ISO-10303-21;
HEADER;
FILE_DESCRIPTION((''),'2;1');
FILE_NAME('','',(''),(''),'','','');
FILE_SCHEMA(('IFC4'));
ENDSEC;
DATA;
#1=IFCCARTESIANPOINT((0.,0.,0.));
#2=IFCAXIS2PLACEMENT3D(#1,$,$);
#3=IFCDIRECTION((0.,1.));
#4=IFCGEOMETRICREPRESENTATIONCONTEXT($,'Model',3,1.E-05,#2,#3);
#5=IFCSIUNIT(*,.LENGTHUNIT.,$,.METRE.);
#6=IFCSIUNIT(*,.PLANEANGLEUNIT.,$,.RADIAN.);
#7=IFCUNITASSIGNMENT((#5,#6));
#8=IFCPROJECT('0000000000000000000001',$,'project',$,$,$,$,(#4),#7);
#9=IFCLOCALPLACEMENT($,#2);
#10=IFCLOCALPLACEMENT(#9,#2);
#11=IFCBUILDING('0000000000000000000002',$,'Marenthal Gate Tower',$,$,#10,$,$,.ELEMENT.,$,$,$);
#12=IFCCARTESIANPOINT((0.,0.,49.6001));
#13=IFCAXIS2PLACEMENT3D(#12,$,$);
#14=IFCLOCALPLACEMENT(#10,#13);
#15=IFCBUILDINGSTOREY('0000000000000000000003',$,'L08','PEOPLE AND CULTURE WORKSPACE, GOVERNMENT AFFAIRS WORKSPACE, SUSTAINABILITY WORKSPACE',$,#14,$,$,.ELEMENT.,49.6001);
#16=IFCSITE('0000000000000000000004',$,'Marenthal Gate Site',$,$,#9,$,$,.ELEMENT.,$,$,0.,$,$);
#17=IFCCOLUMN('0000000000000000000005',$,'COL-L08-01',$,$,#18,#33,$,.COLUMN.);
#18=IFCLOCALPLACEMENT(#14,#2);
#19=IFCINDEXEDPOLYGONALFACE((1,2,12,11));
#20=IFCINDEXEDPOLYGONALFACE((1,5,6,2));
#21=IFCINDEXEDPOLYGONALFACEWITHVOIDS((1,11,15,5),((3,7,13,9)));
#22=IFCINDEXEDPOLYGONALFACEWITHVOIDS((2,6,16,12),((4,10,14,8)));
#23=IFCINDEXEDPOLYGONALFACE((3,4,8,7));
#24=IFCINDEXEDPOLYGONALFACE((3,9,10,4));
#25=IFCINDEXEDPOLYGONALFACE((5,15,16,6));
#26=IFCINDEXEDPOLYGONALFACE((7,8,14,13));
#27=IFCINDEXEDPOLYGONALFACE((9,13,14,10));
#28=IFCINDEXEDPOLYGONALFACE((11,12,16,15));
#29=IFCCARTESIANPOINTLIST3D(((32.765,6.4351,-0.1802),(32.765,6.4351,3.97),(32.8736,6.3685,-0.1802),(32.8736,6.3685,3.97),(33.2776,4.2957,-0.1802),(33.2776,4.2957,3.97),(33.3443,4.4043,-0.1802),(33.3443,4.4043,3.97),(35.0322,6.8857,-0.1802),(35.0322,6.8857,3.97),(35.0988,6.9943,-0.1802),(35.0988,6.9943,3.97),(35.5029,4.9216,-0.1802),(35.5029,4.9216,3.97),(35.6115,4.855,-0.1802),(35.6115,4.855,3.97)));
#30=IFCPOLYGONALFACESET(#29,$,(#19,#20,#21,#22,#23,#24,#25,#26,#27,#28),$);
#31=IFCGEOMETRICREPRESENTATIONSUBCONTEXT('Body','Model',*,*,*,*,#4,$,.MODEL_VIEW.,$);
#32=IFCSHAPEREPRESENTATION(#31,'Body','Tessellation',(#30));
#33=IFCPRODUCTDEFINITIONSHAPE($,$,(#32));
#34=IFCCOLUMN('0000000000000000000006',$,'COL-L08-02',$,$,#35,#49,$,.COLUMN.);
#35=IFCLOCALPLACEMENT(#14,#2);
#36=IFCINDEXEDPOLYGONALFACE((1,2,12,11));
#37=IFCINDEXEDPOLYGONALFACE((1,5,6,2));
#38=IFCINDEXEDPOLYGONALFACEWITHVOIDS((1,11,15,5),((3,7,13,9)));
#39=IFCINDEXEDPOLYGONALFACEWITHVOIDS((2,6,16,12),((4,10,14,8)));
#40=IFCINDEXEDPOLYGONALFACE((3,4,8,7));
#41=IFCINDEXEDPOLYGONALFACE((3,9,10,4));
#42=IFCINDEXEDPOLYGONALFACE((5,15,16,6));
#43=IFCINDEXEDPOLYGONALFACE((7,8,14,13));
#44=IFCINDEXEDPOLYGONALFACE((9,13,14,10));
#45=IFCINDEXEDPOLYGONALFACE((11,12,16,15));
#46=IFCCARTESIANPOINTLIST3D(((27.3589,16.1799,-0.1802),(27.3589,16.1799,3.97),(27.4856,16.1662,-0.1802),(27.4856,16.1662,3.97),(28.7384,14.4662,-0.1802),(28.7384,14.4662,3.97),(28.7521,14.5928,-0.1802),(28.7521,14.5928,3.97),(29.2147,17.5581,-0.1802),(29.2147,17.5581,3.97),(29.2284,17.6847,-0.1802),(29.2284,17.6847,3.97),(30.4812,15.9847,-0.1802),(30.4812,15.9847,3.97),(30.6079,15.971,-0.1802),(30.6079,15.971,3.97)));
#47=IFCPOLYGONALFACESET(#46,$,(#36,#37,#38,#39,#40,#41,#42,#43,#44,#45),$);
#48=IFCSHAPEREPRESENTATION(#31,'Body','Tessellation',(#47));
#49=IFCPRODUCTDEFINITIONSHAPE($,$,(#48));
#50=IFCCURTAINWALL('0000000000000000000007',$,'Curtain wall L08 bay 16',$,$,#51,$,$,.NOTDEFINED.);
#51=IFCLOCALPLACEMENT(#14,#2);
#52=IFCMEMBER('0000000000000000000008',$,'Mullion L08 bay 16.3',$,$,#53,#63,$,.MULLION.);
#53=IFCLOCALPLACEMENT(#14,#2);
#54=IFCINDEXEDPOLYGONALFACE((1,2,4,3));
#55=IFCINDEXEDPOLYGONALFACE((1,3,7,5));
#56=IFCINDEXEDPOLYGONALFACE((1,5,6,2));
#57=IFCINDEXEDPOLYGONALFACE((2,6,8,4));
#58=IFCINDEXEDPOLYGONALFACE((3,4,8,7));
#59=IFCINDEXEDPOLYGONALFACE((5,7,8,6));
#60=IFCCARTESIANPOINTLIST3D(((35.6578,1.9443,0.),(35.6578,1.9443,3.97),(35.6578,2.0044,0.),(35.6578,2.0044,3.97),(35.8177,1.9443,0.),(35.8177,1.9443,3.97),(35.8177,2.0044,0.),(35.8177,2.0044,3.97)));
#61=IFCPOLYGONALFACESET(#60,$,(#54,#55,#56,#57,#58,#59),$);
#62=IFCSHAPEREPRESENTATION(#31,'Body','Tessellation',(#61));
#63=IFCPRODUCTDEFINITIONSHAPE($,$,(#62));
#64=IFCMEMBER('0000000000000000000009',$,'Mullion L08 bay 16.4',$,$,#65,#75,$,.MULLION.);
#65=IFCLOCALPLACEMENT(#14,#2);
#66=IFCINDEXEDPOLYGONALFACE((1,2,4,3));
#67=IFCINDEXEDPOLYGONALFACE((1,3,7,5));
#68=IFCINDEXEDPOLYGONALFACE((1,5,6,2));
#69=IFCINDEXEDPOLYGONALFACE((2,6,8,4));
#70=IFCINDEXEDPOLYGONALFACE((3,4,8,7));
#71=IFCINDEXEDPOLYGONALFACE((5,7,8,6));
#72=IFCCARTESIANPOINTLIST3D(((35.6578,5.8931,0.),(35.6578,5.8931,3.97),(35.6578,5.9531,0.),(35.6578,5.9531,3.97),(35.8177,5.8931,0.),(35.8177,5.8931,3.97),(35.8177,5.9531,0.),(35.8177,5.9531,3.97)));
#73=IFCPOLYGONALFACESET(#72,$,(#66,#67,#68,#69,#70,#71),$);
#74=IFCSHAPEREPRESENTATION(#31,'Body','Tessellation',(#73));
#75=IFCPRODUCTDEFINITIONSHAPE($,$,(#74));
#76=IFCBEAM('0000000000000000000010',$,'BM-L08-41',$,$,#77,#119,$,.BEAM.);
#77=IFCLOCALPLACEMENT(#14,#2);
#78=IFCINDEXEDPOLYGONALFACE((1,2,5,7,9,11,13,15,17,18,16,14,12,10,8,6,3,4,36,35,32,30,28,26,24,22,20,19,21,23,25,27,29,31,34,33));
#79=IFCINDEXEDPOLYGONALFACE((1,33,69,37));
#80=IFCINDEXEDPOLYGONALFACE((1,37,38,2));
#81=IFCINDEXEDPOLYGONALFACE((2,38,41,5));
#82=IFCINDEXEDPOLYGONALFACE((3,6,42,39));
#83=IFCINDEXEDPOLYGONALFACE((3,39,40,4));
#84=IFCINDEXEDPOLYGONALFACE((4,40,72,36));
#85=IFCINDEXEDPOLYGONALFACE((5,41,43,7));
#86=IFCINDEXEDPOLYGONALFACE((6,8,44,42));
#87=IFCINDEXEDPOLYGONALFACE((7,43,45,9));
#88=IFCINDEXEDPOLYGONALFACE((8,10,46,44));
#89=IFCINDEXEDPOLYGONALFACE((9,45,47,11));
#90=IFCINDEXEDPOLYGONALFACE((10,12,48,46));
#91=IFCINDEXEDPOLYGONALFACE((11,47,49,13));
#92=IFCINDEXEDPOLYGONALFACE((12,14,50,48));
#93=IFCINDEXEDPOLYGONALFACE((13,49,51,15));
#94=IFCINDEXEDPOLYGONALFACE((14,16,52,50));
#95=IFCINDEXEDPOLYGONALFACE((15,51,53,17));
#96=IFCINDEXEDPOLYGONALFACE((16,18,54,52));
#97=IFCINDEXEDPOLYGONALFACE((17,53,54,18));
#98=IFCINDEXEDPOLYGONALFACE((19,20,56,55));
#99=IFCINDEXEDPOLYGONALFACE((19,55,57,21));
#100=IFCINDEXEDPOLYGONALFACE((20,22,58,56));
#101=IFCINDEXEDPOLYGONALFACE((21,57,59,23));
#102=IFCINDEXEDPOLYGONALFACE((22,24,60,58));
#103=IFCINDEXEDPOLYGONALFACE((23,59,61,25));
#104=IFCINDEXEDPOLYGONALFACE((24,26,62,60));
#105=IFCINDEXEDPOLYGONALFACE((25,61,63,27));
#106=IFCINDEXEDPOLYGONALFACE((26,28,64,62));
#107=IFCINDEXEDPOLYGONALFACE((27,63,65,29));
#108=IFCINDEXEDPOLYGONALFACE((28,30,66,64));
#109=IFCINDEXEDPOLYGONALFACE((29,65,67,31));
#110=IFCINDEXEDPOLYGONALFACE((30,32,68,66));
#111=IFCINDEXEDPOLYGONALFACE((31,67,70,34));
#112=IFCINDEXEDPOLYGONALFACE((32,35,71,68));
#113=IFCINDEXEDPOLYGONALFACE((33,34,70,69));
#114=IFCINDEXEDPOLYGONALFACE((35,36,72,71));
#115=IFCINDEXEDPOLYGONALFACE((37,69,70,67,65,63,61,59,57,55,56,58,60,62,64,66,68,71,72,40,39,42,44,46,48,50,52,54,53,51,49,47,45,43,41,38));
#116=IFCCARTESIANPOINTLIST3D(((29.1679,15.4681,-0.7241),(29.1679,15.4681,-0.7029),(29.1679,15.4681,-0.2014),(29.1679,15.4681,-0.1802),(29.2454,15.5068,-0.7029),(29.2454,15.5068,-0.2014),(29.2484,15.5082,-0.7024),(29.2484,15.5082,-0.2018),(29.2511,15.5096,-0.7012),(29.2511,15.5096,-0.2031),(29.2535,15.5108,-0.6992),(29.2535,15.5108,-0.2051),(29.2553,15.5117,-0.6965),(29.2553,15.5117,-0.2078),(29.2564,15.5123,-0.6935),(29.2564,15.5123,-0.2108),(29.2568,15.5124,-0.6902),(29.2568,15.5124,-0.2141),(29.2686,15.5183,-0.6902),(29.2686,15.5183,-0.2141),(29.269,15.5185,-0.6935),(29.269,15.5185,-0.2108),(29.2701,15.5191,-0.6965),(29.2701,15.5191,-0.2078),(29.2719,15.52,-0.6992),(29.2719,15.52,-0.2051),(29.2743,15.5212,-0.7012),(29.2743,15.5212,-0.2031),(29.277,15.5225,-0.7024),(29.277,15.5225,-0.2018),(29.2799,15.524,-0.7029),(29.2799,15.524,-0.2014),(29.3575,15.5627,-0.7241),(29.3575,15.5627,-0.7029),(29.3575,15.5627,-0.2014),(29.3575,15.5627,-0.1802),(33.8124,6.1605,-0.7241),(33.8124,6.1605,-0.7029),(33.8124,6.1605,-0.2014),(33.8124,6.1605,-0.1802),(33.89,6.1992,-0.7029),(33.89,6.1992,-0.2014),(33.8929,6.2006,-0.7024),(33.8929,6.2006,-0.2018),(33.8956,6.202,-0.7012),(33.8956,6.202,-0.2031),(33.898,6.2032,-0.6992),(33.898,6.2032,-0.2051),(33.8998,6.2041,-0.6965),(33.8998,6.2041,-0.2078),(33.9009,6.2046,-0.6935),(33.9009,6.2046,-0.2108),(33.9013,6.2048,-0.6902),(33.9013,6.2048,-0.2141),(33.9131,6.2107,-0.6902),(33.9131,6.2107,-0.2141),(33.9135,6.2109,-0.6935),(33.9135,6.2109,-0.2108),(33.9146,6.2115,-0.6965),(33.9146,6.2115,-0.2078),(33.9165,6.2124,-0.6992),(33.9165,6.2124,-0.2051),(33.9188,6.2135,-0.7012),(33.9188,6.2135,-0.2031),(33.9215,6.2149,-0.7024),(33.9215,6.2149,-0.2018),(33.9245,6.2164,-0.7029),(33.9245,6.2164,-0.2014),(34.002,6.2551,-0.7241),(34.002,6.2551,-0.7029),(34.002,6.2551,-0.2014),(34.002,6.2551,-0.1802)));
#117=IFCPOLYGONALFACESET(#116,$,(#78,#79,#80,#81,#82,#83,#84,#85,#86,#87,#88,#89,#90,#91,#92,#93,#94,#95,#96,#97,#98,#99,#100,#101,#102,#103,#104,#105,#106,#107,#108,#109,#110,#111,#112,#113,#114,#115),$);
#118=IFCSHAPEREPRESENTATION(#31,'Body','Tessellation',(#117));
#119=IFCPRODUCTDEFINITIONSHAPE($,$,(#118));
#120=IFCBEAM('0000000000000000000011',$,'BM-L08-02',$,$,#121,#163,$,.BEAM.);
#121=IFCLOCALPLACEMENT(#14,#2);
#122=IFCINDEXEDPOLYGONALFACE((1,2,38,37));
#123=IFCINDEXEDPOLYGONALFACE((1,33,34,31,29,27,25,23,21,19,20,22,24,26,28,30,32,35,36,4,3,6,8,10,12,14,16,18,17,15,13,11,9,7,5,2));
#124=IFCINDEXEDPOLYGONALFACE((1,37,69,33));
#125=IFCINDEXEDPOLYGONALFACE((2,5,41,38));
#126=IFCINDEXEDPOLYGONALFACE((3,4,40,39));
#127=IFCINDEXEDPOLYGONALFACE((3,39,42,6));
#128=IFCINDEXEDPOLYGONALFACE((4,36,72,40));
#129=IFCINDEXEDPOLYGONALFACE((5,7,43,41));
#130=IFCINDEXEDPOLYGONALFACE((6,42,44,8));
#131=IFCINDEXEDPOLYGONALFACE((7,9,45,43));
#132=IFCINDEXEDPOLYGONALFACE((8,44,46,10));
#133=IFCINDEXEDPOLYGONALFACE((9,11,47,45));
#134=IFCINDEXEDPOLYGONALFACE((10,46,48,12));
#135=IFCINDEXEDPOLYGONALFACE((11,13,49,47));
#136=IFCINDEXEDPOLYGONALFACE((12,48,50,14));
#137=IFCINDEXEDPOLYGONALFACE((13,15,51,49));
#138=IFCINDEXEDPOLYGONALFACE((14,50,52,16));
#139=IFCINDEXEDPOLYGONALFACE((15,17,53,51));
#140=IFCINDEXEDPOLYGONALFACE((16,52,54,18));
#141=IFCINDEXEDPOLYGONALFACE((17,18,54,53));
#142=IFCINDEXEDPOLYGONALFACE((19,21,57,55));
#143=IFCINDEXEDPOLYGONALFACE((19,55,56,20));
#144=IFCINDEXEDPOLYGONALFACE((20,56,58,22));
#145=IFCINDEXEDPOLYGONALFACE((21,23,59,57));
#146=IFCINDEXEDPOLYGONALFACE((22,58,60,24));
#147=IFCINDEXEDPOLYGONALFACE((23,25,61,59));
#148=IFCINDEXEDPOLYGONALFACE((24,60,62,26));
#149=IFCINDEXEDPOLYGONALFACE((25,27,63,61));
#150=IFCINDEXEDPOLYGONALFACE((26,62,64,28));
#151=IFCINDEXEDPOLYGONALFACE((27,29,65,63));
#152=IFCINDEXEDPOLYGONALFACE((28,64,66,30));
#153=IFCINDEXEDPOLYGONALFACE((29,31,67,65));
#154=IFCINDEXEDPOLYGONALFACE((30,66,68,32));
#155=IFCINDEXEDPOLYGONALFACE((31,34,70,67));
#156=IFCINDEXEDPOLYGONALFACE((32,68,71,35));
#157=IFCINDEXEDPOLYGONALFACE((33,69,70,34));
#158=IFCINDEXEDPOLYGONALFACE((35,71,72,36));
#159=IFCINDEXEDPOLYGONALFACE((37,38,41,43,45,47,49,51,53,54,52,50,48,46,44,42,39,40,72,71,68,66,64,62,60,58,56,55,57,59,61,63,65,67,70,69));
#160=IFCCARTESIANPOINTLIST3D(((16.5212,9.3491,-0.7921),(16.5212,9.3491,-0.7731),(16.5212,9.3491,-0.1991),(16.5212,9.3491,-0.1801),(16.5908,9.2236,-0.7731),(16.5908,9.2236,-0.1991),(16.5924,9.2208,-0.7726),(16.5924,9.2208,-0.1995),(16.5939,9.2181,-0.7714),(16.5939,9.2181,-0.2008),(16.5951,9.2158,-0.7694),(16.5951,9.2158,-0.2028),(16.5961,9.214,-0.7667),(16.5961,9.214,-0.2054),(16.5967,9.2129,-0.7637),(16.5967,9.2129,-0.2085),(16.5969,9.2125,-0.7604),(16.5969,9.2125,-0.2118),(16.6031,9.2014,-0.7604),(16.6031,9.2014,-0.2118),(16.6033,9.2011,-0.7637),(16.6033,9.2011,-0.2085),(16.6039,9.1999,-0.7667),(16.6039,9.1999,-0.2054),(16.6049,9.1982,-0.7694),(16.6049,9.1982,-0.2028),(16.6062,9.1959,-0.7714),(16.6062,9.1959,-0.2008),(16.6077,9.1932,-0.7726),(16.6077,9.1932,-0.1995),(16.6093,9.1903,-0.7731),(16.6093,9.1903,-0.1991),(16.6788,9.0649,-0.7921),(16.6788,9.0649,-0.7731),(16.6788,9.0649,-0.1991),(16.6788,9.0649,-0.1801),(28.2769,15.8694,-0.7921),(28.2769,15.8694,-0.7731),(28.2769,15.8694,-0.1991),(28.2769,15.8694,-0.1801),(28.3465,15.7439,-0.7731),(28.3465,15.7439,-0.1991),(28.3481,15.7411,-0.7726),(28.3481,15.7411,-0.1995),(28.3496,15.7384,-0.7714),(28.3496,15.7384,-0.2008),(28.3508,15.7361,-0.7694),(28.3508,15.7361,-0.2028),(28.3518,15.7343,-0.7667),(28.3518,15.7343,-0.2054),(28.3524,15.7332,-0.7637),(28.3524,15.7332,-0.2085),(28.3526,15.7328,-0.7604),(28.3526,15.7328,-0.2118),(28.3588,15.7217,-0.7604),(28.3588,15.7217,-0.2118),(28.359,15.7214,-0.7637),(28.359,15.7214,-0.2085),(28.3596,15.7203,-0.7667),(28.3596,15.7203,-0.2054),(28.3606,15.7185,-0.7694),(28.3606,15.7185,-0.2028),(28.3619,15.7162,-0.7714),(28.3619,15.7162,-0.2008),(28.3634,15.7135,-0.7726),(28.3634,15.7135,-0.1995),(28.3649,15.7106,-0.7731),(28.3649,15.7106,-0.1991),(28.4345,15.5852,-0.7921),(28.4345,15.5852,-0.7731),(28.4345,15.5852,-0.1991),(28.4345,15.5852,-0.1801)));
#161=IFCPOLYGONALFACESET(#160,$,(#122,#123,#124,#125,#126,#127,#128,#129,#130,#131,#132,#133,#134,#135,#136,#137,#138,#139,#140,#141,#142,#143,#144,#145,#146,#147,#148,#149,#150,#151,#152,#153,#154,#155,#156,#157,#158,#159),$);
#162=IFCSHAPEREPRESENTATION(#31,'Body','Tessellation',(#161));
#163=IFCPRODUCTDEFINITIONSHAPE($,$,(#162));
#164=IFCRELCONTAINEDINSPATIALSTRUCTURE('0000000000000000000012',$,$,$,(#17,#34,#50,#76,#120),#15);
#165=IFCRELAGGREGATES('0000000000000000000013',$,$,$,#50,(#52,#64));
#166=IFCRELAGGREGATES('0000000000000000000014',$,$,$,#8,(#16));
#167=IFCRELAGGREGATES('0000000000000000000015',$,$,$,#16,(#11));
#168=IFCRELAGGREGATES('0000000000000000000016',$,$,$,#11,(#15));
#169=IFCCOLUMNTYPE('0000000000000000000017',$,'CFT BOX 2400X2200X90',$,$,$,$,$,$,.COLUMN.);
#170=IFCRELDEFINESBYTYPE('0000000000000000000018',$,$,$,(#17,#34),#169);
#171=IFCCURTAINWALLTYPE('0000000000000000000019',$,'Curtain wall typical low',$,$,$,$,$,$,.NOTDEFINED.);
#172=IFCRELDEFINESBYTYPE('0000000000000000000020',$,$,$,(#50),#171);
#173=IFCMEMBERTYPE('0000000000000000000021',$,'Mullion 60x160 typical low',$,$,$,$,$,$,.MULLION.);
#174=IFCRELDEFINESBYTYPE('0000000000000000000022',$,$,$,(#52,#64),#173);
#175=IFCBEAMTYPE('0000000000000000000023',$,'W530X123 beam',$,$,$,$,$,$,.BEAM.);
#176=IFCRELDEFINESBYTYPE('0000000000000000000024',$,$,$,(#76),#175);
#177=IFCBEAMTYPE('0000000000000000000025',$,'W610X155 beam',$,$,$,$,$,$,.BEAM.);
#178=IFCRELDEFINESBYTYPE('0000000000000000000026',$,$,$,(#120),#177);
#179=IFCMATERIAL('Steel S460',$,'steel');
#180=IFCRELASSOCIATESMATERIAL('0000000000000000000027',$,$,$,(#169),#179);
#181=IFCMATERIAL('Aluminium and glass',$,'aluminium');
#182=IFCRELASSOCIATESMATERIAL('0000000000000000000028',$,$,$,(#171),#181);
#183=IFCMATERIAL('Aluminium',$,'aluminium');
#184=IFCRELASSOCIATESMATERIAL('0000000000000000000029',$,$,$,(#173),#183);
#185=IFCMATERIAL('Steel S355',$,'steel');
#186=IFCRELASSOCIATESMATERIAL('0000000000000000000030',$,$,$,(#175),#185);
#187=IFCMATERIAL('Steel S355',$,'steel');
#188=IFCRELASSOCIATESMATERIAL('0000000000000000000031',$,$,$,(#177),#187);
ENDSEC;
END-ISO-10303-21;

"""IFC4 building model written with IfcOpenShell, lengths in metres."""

from ifc_helpers import new_model, si_unit, direction, frame, origin, origin_2d, place, context, subcontext, project, spatial, rectangle, hollow_rectangle, i_section, extrude, material, material_profile, profile_set, type_object, element, aggregate, save


model = new_model("IFC4")

# Units and contexts
model_context = context("Model", 3, precision=1e-05, world=origin(), true_north=direction((0.0, 1.0)))
body_context = subcontext(model_context, "Body", "Model", "MODEL_VIEW")
ifc_project = project(units=[si_unit("LENGTHUNIT", "METRE"), si_unit("PLANEANGLEUNIT", "RADIAN")], contexts=[model_context])

# Site, building, storey
site_placement = place(None, origin())
site = spatial("IfcSite", under=ifc_project, at=site_placement, Name="Marenthal Gate Site", CompositionType="ELEMENT", RefElevation=0.0)
building_placement = place(site_placement, origin())
building = spatial("IfcBuilding", under=site, at=building_placement, Name="Marenthal Gate Tower", CompositionType="ELEMENT")
storey_placement = place(building_placement, frame((0.0, 0.0, 49.6001)))
storey = spatial("IfcBuildingStorey", under=building, at=storey_placement, Name="L08", Description="PEOPLE AND CULTURE WORKSPACE, GOVERNMENT AFFAIRS WORKSPACE, SUSTAINABILITY WORKSPACE", CompositionType="ELEMENT", Elevation=49.6001)

# Columns
ifc_material_1 = material(Name="Steel S460", Category="steel")
ifc_material_profile_1 = material_profile(ifc_material_1, hollow_rectangle(XDim=2.2, YDim=2.3999, WallThickness=0.0901, at=origin_2d()), Name="CFT BOX 2400X2200X90")
ifc_material_2 = material(Name="Concrete 70 MPa", Category="concrete")
ifc_material_profile_2 = material_profile(ifc_material_2, rectangle(XDim=2.02, YDim=2.22, at=origin_2d()), Name="CFT BOX 2400X2200X90 INFILL")
ifc_profile_set_1 = profile_set([ifc_material_profile_1, ifc_material_profile_2], Name="Steel S460 shell, Concrete 70 MPa infill")
column_type = type_object("IfcColumnType", Name="CFT BOX 2400X2200X90", PredefinedType="COLUMN", material=ifc_profile_set_1)
for number, where, z_axis, x_axis, name in (
    (1, (34.1882, 5.645, -0.1802), (0.0, 0.0, 1.0), (0.233033, -0.972469, 0.0), "COL-L08-01"),
    (2, (28.9834, 16.0754, -0.1802), (0.0, 0.0, 1.0), (0.627046, -0.778982, 0.0), "COL-L08-02"),
):
    element("IfcColumn", number, at=place(storey_placement, frame(where, z_axis=z_axis, x_axis=x_axis)), inside=storey, type_object=column_type, Name=name, PredefinedType="COLUMN", context=body_context, shape_type="SweptSolid", body=[
        extrude(hollow_rectangle(XDim=2.2, YDim=2.3999, WallThickness=0.0901, at=origin_2d()), origin(), (0.0, 0.0, 1.0), 4.1501),
    ])

# Curtain wall, members
ifc_material_3 = material(Name="Aluminium and glass", Category="aluminium")
curtain_wall_type = type_object("IfcCurtainWallType", Name="Curtain wall typical low", PredefinedType="NOTDEFINED", material=ifc_material_3)
curtain_wall_placement = place(storey_placement, origin())
curtain_wall = element("IfcCurtainWall", 3, at=curtain_wall_placement, inside=storey, type_object=curtain_wall_type, Name="Curtain wall L08 bay 16", PredefinedType="NOTDEFINED")
ifc_material_4 = material(Name="Aluminium", Category="aluminium")
ifc_material_profile_3 = material_profile(ifc_material_4, rectangle(XDim=0.1599, YDim=0.0601, at=origin_2d()), Name="60x160 aluminium mullion")
ifc_profile_set_2 = profile_set([ifc_material_profile_3], Name="Aluminium")
member_type = type_object("IfcMemberType", Name="Mullion 60x160 typical low", PredefinedType="MULLION", material=ifc_profile_set_2)
member_1_placement = place(storey_placement, frame((35.7378, 1.9744, 0.0), z_axis=(0.0, 0.0, 1.0), x_axis=(-1.0, 0.0, 0.0)))
member_1 = element("IfcMember", 4, at=member_1_placement, type_object=member_type, Name="Mullion L08 bay 16.3", PredefinedType="MULLION", context=body_context, shape_type="SweptSolid", body=[
    extrude(rectangle(XDim=0.1599, YDim=0.0601, at=origin_2d()), origin(), (0.0, 0.0, 1.0), 3.97),
])
member_2_placement = place(storey_placement, frame((35.7378, 5.9231, 0.0), z_axis=(0.0, 0.0, 1.0), x_axis=(-1.0, 0.0, 0.0)))
member_2 = element("IfcMember", 5, at=member_2_placement, type_object=member_type, Name="Mullion L08 bay 16.4", PredefinedType="MULLION", context=body_context, shape_type="SweptSolid", body=[
    extrude(rectangle(XDim=0.1599, YDim=0.0601, at=origin_2d()), origin(), (0.0, 0.0, 1.0), 3.97),
])

# Beams
ifc_material_5 = material(Name="Steel S355", Category="steel")
ifc_material_profile_4 = material_profile(ifc_material_5, i_section(OverallWidth=0.2119, OverallDepth=0.5439, WebThickness=0.0132, FlangeThickness=0.0212, FilletRadius=0.0127, at=origin_2d()), Name="W530X123")
ifc_profile_set_3 = profile_set([ifc_material_profile_4], Name="Steel S355")
beam_type_1 = type_object("IfcBeamType", Name="W530X123 beam", PredefinedType="BEAM", material=ifc_profile_set_3)
beam_1_placement = place(storey_placement, frame((33.9072, 6.2078, -0.4521), z_axis=(-0.4465, 0.894784, 0.0), x_axis=(-0.894784, -0.4465, 0.0)))
element("IfcBeam", 6, at=beam_1_placement, inside=storey, type_object=beam_type_1, Name="BM-L08-41", PredefinedType="BEAM", context=body_context, shape_type="SweptSolid", body=[
    extrude(i_section(OverallWidth=0.2119, OverallDepth=0.5439, WebThickness=0.0132, FlangeThickness=0.0212, FilletRadius=0.0127, at=origin_2d()), origin(), (0.0, 0.0, 1.0), 10.4021),
])
ifc_material_6 = material(Name="Steel S355", Category="steel")
ifc_material_profile_5 = material_profile(ifc_material_6, i_section(OverallWidth=0.325, OverallDepth=0.6121, WebThickness=0.0127, FlangeThickness=0.019, FilletRadius=0.0127, at=origin_2d()), Name="W610X155")
ifc_profile_set_4 = profile_set([ifc_material_profile_5], Name="Steel S355")
beam_type_2 = type_object("IfcBeamType", Name="W610X155 beam", PredefinedType="BEAM", material=ifc_profile_set_4)
beam_2_placement = place(storey_placement, frame((28.3557, 15.7273, -0.4861), z_axis=(-0.874493, -0.485038, 0.0), x_axis=(0.485038, -0.874493, 0.0)))
element("IfcBeam", 7, at=beam_2_placement, inside=storey, type_object=beam_type_2, Name="BM-L08-02", PredefinedType="BEAM", context=body_context, shape_type="SweptSolid", body=[
    extrude(i_section(OverallWidth=0.325, OverallDepth=0.6121, WebThickness=0.0127, FlangeThickness=0.019, FilletRadius=0.0127, at=origin_2d()), origin(), (0.0, 0.0, 1.0), 13.4429),
])

aggregate(curtain_wall, [member_1, member_2])

save(model, "model.ifc")
